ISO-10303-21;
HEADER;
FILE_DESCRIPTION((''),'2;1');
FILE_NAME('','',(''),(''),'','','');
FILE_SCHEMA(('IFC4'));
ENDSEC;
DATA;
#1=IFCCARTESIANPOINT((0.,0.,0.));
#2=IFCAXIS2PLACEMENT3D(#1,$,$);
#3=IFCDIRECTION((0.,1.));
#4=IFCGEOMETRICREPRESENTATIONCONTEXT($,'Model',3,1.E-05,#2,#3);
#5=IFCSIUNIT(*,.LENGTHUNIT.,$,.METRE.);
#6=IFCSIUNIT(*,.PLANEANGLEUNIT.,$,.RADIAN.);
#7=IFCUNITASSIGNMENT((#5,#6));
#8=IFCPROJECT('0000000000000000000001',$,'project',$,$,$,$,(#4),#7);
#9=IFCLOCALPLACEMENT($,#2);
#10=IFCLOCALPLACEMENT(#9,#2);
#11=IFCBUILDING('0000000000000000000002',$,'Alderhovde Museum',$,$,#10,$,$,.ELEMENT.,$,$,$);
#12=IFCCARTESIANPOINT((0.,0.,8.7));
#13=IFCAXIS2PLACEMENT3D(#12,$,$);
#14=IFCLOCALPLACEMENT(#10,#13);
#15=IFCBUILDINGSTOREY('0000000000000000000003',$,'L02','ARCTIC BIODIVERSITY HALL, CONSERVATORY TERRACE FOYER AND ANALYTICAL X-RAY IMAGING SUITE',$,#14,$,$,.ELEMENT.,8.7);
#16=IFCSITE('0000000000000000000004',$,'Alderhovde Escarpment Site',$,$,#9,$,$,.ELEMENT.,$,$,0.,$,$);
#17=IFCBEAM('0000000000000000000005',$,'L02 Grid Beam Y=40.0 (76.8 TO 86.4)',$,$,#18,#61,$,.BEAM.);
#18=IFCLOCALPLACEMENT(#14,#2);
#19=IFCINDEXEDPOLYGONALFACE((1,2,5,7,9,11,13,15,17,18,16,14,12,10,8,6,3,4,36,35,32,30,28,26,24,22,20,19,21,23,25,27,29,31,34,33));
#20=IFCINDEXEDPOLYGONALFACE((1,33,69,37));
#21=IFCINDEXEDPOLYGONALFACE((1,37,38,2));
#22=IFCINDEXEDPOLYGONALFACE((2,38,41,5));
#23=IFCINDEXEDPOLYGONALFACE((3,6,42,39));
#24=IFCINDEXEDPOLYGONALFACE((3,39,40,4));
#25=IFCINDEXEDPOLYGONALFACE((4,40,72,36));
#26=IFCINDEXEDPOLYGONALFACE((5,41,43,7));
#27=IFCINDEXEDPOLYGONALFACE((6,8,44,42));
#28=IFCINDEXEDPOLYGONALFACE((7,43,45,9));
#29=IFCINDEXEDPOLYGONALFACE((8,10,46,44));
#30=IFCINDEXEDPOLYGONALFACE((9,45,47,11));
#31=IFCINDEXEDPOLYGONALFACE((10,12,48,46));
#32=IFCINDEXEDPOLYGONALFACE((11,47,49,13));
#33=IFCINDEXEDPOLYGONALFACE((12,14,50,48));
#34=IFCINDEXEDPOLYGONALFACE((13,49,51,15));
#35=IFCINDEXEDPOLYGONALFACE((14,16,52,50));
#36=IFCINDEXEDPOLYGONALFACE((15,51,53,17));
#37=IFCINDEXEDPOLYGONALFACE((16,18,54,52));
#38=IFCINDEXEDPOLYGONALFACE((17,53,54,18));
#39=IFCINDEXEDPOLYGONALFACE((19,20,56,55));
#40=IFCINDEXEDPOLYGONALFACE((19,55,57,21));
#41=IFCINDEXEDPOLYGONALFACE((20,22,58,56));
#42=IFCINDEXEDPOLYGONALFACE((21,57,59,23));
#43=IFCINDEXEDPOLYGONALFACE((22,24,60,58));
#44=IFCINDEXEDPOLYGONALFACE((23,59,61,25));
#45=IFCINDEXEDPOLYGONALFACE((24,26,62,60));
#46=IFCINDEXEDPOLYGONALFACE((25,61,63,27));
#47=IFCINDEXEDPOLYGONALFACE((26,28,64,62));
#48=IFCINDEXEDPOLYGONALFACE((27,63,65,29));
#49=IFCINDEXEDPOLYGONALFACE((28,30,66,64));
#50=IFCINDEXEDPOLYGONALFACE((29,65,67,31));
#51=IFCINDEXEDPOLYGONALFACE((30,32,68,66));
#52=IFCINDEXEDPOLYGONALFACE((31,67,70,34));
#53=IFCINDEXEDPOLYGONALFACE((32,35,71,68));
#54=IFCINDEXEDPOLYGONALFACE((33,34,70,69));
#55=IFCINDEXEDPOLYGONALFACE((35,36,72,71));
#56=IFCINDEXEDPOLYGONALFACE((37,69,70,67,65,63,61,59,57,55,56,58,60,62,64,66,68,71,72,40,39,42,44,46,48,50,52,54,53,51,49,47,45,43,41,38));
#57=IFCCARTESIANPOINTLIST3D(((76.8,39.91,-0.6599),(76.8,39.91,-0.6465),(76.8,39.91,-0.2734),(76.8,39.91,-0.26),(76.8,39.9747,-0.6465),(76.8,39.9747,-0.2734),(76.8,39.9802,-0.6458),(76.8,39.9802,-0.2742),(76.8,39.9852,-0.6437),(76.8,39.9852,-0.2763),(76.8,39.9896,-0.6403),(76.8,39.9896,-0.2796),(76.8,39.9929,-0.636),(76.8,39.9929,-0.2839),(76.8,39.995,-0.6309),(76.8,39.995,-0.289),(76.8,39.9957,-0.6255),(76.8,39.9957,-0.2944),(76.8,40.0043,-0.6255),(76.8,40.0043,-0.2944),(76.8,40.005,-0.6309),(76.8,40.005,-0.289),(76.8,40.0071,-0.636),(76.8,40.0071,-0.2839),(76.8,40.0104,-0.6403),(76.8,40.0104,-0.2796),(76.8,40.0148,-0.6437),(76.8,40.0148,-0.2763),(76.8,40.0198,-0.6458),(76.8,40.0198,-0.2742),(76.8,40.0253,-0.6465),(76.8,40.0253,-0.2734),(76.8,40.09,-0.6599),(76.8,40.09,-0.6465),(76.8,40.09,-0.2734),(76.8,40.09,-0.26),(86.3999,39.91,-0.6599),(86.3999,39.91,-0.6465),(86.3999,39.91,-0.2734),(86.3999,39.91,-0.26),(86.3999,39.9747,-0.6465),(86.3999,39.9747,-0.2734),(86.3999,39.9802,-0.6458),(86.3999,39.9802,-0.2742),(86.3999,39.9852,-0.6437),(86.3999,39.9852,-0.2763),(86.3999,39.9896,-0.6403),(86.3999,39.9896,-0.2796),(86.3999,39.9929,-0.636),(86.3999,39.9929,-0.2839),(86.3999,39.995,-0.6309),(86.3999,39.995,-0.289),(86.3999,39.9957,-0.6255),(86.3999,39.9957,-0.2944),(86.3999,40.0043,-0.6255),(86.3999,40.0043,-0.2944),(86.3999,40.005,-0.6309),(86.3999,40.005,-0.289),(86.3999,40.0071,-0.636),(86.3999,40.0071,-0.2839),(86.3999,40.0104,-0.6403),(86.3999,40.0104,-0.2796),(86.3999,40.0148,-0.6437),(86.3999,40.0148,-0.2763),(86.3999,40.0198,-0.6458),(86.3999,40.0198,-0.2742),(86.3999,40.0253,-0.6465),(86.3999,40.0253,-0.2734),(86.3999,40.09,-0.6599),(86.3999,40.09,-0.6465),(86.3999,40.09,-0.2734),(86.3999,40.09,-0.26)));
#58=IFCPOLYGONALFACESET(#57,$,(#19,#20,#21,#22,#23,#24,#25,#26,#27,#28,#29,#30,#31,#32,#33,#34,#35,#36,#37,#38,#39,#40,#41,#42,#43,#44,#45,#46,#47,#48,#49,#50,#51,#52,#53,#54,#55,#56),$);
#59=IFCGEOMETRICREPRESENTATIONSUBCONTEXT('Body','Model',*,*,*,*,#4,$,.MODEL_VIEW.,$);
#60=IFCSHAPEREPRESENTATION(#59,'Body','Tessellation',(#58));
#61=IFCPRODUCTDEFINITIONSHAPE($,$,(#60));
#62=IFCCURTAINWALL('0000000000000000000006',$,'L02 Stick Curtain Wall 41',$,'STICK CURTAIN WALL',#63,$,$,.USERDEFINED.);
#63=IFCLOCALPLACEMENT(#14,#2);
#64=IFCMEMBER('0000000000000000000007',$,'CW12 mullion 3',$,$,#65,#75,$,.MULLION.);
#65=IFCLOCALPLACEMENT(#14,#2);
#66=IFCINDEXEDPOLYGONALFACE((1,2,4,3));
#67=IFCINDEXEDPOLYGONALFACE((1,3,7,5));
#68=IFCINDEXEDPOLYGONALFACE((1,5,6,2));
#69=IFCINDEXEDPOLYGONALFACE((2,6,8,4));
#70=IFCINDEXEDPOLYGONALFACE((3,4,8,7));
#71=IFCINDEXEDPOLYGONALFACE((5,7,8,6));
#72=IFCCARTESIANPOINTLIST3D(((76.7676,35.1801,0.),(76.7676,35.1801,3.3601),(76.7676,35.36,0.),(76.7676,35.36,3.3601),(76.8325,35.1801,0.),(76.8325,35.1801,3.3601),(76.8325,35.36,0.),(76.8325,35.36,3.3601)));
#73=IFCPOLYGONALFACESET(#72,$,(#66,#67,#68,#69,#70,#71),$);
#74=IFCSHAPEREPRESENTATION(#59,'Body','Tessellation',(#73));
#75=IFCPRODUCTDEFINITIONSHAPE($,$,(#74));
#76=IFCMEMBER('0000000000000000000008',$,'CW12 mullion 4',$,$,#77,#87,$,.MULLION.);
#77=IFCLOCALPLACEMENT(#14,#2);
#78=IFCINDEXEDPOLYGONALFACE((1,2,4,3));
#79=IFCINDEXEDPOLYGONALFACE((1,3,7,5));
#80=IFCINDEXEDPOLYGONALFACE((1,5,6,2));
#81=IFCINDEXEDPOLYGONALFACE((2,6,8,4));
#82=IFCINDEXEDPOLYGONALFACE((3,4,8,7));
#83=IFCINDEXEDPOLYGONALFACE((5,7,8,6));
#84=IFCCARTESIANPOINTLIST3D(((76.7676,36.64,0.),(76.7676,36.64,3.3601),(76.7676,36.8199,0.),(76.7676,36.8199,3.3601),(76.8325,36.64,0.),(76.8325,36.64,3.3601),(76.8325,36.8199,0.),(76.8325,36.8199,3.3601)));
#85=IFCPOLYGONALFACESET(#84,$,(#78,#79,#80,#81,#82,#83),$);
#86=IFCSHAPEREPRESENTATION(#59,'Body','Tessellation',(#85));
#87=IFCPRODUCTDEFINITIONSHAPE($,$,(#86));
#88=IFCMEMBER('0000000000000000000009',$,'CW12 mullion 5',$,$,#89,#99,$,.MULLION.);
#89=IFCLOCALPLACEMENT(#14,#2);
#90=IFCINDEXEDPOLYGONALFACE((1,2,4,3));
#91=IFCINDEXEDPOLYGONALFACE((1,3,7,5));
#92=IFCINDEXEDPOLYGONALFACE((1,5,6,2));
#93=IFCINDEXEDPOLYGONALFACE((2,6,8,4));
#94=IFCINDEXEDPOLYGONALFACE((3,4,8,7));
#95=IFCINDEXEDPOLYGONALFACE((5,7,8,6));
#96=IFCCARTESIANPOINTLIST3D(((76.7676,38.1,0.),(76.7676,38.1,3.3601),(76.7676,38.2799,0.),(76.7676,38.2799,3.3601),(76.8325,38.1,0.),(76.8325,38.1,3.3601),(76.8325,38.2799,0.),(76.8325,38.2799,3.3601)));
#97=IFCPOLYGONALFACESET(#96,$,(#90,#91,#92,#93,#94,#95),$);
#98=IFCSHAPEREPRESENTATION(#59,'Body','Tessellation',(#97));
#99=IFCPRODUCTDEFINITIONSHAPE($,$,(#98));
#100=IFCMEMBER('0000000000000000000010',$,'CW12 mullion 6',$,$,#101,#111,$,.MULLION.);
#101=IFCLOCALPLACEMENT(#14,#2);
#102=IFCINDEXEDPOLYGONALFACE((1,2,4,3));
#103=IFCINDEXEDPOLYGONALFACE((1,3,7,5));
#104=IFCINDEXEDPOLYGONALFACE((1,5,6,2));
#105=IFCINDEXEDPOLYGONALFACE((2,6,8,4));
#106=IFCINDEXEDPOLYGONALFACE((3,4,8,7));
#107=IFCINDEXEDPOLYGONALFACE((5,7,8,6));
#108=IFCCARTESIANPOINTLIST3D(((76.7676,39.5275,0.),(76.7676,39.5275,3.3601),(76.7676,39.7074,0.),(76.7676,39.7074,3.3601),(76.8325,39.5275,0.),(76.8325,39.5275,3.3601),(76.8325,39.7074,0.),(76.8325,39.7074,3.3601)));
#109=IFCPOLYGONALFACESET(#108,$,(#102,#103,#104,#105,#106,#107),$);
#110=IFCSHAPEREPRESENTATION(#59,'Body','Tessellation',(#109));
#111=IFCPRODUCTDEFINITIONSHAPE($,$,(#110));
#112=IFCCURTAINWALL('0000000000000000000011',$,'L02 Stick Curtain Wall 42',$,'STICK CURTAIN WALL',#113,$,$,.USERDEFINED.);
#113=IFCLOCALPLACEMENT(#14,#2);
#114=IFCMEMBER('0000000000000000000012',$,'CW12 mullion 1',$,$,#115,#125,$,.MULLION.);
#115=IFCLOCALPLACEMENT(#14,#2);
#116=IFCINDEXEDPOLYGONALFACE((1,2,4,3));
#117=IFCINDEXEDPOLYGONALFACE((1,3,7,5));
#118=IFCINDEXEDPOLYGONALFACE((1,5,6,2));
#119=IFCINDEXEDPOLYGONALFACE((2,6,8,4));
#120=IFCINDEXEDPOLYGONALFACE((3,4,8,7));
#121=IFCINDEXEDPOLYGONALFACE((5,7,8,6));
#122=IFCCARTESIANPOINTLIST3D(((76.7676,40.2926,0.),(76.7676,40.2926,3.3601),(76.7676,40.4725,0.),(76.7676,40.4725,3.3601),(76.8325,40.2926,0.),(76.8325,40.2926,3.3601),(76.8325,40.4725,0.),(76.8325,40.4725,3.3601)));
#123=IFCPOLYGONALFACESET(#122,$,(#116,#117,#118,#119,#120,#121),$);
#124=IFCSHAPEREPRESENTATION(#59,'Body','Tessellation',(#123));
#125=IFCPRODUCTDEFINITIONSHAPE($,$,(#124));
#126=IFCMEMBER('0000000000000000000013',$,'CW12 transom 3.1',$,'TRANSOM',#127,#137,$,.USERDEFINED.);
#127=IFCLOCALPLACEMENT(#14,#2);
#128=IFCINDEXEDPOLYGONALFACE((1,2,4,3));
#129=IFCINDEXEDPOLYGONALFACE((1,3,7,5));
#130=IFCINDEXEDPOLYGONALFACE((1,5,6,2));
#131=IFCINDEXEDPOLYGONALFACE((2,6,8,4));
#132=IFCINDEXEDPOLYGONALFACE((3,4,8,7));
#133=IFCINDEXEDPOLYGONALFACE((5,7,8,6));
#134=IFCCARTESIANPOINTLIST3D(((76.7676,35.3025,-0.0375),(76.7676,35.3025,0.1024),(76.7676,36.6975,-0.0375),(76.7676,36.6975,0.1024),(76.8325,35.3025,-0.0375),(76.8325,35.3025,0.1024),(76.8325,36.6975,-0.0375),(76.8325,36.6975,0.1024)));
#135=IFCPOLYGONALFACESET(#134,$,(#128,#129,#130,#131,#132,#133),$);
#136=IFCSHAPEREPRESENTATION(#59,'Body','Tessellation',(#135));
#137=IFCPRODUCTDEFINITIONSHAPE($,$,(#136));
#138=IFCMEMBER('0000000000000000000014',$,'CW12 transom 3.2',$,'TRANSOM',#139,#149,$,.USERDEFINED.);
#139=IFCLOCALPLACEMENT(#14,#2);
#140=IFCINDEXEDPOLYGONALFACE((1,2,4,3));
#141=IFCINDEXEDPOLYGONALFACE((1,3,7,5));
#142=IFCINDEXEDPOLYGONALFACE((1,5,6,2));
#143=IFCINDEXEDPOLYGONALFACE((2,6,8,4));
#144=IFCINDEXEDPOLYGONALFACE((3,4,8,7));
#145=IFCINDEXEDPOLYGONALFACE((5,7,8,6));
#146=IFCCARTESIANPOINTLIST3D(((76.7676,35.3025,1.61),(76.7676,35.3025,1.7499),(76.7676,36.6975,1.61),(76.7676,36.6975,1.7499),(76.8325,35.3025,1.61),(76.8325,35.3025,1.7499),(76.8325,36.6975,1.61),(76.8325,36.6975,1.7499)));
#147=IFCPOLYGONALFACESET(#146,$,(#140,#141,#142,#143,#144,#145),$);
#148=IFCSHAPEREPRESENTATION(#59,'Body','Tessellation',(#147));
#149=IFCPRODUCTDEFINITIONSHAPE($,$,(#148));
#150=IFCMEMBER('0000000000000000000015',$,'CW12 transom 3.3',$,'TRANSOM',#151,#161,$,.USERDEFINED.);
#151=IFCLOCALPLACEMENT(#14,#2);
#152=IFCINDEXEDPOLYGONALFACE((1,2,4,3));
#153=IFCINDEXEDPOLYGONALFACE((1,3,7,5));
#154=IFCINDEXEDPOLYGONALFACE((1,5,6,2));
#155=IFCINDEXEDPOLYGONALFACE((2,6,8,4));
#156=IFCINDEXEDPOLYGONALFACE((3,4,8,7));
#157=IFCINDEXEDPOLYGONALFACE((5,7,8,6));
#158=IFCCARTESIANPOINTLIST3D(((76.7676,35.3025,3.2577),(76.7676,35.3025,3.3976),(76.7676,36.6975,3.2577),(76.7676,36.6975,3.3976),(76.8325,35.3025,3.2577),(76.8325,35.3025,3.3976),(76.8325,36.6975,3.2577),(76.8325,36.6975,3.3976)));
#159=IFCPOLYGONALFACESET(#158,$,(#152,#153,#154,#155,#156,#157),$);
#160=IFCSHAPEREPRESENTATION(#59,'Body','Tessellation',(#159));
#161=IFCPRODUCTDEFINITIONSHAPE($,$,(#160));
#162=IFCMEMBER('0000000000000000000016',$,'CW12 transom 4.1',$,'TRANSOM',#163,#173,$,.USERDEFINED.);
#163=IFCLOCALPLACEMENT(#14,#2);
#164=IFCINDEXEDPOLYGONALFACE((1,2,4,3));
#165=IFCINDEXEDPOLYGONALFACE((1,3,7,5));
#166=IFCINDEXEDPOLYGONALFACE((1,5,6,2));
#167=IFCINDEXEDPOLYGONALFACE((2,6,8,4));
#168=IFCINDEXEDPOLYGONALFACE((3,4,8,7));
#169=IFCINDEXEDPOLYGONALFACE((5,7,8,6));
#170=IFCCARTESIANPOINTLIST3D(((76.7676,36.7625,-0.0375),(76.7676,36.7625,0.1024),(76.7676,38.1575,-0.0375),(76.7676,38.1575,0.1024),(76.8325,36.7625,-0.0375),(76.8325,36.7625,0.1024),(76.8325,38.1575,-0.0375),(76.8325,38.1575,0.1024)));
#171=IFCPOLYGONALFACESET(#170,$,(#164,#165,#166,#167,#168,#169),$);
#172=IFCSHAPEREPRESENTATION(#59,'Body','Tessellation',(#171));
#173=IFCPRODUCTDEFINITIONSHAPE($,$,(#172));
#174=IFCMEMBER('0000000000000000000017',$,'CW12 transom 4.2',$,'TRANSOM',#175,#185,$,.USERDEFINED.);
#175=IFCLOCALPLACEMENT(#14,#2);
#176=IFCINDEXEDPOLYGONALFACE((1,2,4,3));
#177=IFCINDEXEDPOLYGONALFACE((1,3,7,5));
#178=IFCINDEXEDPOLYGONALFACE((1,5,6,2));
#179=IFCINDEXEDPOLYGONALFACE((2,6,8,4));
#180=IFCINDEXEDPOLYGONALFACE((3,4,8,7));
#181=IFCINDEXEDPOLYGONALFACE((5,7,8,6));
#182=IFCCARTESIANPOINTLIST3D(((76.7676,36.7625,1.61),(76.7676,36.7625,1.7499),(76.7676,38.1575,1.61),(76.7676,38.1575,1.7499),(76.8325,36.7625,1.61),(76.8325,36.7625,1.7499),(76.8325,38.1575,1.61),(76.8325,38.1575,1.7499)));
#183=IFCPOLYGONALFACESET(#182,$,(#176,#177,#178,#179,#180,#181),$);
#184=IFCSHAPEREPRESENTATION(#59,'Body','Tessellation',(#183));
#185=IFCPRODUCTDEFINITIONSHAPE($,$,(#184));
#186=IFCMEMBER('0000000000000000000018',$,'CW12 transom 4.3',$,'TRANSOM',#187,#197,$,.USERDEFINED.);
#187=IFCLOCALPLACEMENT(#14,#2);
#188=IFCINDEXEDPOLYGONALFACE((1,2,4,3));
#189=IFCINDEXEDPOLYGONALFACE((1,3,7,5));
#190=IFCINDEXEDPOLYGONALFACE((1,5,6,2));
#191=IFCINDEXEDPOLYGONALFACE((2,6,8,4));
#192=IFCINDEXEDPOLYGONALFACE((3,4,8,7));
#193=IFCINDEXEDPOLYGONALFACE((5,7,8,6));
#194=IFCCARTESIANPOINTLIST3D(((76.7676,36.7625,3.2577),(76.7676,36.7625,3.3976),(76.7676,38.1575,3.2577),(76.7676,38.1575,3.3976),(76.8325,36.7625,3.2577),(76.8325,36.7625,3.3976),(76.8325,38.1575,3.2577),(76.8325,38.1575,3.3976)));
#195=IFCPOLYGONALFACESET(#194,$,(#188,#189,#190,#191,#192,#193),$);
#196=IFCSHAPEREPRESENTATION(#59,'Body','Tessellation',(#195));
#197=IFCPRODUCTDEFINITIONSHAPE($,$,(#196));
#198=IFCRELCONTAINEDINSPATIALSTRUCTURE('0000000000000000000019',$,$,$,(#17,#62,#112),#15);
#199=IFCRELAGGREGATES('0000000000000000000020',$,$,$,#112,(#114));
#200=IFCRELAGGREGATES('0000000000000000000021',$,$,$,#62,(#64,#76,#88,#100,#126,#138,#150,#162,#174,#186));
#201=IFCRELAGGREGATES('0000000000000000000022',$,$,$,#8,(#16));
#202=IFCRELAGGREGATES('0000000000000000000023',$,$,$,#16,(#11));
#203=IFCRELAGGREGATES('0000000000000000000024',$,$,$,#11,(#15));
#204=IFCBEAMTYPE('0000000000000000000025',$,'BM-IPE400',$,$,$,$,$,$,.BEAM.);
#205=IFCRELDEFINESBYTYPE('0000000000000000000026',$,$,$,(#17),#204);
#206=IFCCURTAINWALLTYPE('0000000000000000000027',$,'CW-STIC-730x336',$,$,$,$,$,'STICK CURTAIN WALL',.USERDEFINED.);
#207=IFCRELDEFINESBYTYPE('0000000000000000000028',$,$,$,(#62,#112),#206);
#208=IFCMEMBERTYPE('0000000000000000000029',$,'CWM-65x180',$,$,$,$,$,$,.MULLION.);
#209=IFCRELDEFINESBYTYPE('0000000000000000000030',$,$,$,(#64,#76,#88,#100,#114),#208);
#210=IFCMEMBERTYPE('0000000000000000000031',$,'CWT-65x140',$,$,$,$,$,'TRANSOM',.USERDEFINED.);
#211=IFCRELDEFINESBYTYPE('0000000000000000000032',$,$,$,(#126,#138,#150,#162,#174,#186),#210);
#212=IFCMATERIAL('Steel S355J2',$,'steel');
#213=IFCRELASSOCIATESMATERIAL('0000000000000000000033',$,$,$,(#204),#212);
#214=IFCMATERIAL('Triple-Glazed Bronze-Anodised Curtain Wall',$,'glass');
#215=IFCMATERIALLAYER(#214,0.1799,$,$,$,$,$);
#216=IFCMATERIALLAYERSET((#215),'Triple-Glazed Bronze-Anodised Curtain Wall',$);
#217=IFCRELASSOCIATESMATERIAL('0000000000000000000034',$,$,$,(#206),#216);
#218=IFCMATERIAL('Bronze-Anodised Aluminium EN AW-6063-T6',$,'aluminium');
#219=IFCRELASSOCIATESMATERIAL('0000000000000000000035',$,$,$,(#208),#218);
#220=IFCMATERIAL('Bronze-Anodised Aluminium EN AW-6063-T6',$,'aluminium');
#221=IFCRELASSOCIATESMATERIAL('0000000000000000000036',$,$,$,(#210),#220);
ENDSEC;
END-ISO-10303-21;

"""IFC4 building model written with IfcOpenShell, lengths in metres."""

from ifc_helpers import new_model, si_unit, direction, frame, origin, origin_2d, place, context, subcontext, project, spatial, rectangle, i_section, extrude, material, layer, layer_set, material_profile, profile_set, type_object, element, aggregate, save


model = new_model("IFC4")

# Units and contexts
model_context = context("Model", 3, precision=1e-05, world=origin(), true_north=direction((0.0, 1.0)))
body_context = subcontext(model_context, "Body", "Model", "MODEL_VIEW")
ifc_project = project(units=[si_unit("LENGTHUNIT", "METRE"), si_unit("PLANEANGLEUNIT", "RADIAN")], contexts=[model_context])

# Site, building, storey
site_placement = place(None, origin())
site = spatial("IfcSite", under=ifc_project, at=site_placement, Name="Alderhovde Escarpment Site", CompositionType="ELEMENT", RefElevation=0.0)
building_placement = place(site_placement, origin())
building = spatial("IfcBuilding", under=site, at=building_placement, Name="Alderhovde Museum", CompositionType="ELEMENT")
storey_placement = place(building_placement, frame((0.0, 0.0, 8.7)))
storey = spatial("IfcBuildingStorey", under=building, at=storey_placement, Name="L02", Description="ARCTIC BIODIVERSITY HALL, CONSERVATORY TERRACE FOYER AND ANALYTICAL X-RAY IMAGING SUITE", CompositionType="ELEMENT", Elevation=8.7)

# Beam
ifc_material_1 = material(Name="Steel S355J2", Category="steel")
ifc_material_profile_1 = material_profile(ifc_material_1, i_section(OverallWidth=0.1799, OverallDepth=0.3999, WebThickness=0.0085, FlangeThickness=0.0134, FilletRadius=0.021, at=origin_2d()), Name="IPE 400")
ifc_profile_set_1 = profile_set([ifc_material_profile_1], Name="Steel S355J2")
beam_type_1 = type_object("IfcBeamType", Name="BM-IPE400", PredefinedType="BEAM", material=ifc_profile_set_1)
beam_1_placement = place(storey_placement, frame((76.8, 40.0, -0.46), z_axis=(1.0, 0.0, 0.0), x_axis=(0.0, 1.0, 0.0)))
element("IfcBeam", 1, at=beam_1_placement, inside=storey, type_object=beam_type_1, Name="L02 Grid Beam Y=40.0 (76.8 TO 86.4)", PredefinedType="BEAM", context=body_context, shape_type="SweptSolid", body=[
    extrude(i_section(OverallWidth=0.1799, OverallDepth=0.3999, WebThickness=0.0085, FlangeThickness=0.0134, FilletRadius=0.021, at=origin_2d()), origin(), (0.0, 0.0, 1.0), 9.5999),
])

# Curtain wall, members
ifc_material_2 = material(Name="Triple-Glazed Bronze-Anodised Curtain Wall", Category="glass")
ifc_layer_1 = layer(ifc_material_2, 0.1799)
ifc_layer_set_1 = layer_set([ifc_layer_1], Name="Triple-Glazed Bronze-Anodised Curtain Wall")
curtain_wall_type = type_object("IfcCurtainWallType", Name="CW-STIC-730x336", ElementType="STICK CURTAIN WALL", PredefinedType="USERDEFINED", material=ifc_layer_set_1)
curtain_wall_1_placement = place(storey_placement, origin())
curtain_wall_1 = element("IfcCurtainWall", 2, at=curtain_wall_1_placement, inside=storey, type_object=curtain_wall_type, Name="L02 Stick Curtain Wall 41", ObjectType="STICK CURTAIN WALL", PredefinedType="USERDEFINED")
ifc_material_3 = material(Name="Bronze-Anodised Aluminium EN AW-6063-T6", Category="aluminium")
ifc_material_profile_2 = material_profile(ifc_material_3, rectangle(XDim=0.0649, YDim=0.1799, at=origin_2d()), Name="MULLION 65x180")
ifc_profile_set_2 = profile_set([ifc_material_profile_2], Name="Bronze-Anodised Aluminium EN AW-6063-T6")
member_type_1 = type_object("IfcMemberType", Name="CWM-65x180", PredefinedType="MULLION", material=ifc_profile_set_2)
member_1_placement = place(storey_placement, frame((76.8, 35.27, 0.0), z_axis=(0.0, 0.0, 1.0), x_axis=(-1.0, 0.0, 0.0)))
member_1 = element("IfcMember", 3, at=member_1_placement, type_object=member_type_1, Name="CW12 mullion 3", PredefinedType="MULLION", context=body_context, shape_type="SweptSolid", body=[
    extrude(rectangle(XDim=0.0649, YDim=0.1799, at=origin_2d()), origin(), (0.0, 0.0, 1.0), 3.3601),
])
member_2_placement = place(storey_placement, frame((76.8, 36.73, 0.0), z_axis=(0.0, 0.0, 1.0), x_axis=(-1.0, 0.0, 0.0)))
member_2 = element("IfcMember", 4, at=member_2_placement, type_object=member_type_1, Name="CW12 mullion 4", PredefinedType="MULLION", context=body_context, shape_type="SweptSolid", body=[
    extrude(rectangle(XDim=0.0649, YDim=0.1799, at=origin_2d()), origin(), (0.0, 0.0, 1.0), 3.3601),
])
member_3_placement = place(storey_placement, frame((76.8, 38.1899, 0.0), z_axis=(0.0, 0.0, 1.0), x_axis=(-1.0, 0.0, 0.0)))
member_3 = element("IfcMember", 5, at=member_3_placement, type_object=member_type_1, Name="CW12 mullion 5", PredefinedType="MULLION", context=body_context, shape_type="SweptSolid", body=[
    extrude(rectangle(XDim=0.0649, YDim=0.1799, at=origin_2d()), origin(), (0.0, 0.0, 1.0), 3.3601),
])
member_4_placement = place(storey_placement, frame((76.8, 39.6174, 0.0), z_axis=(0.0, 0.0, 1.0), x_axis=(-1.0, 0.0, 0.0)))
member_4 = element("IfcMember", 6, at=member_4_placement, type_object=member_type_1, Name="CW12 mullion 6", PredefinedType="MULLION", context=body_context, shape_type="SweptSolid", body=[
    extrude(rectangle(XDim=0.0649, YDim=0.1799, at=origin_2d()), origin(), (0.0, 0.0, 1.0), 3.3601),
])

# Curtain wall, member
curtain_wall_2_placement = place(storey_placement, origin())
curtain_wall_2 = element("IfcCurtainWall", 7, at=curtain_wall_2_placement, inside=storey, type_object=curtain_wall_type, Name="L02 Stick Curtain Wall 42", ObjectType="STICK CURTAIN WALL", PredefinedType="USERDEFINED")
member_5_placement = place(storey_placement, frame((76.8, 40.3826, 0.0), z_axis=(0.0, 0.0, 1.0), x_axis=(-1.0, 0.0, 0.0)))
member_5 = element("IfcMember", 8, at=member_5_placement, type_object=member_type_1, Name="CW12 mullion 1", PredefinedType="MULLION", context=body_context, shape_type="SweptSolid", body=[
    extrude(rectangle(XDim=0.0649, YDim=0.1799, at=origin_2d()), origin(), (0.0, 0.0, 1.0), 3.3601),
])

# Members
ifc_material_4 = material(Name="Bronze-Anodised Aluminium EN AW-6063-T6", Category="aluminium")
ifc_material_profile_3 = material_profile(ifc_material_4, rectangle(XDim=0.0649, YDim=0.1399, at=origin_2d()), Name="TRANSOM 65x140")
ifc_profile_set_3 = profile_set([ifc_material_profile_3], Name="Bronze-Anodised Aluminium EN AW-6063-T6")
member_type_2 = type_object("IfcMemberType", Name="CWT-65x140", ElementType="TRANSOM", PredefinedType="USERDEFINED", material=ifc_profile_set_3)
member_6_placement = place(storey_placement, frame((76.8, 35.3025, 0.0325), z_axis=(0.0, 1.0, 0.0), x_axis=(-1.0, 0.0, 0.0)))
member_6 = element("IfcMember", 9, at=member_6_placement, type_object=member_type_2, Name="CW12 transom 3.1", ObjectType="TRANSOM", PredefinedType="USERDEFINED", context=body_context, shape_type="SweptSolid", body=[
    extrude(rectangle(XDim=0.0649, YDim=0.1399, at=origin_2d()), origin(), (0.0, 0.0, 1.0), 1.395),
])
member_7_placement = place(storey_placement, frame((76.8, 35.3025, 1.6799), z_axis=(0.0, 1.0, 0.0), x_axis=(-1.0, 0.0, 0.0)))
member_7 = element("IfcMember", 10, at=member_7_placement, type_object=member_type_2, Name="CW12 transom 3.2", ObjectType="TRANSOM", PredefinedType="USERDEFINED", context=body_context, shape_type="SweptSolid", body=[
    extrude(rectangle(XDim=0.0649, YDim=0.1399, at=origin_2d()), origin(), (0.0, 0.0, 1.0), 1.395),
])
member_8_placement = place(storey_placement, frame((76.8, 35.3025, 3.3276), z_axis=(0.0, 1.0, 0.0), x_axis=(-1.0, 0.0, 0.0)))
member_8 = element("IfcMember", 11, at=member_8_placement, type_object=member_type_2, Name="CW12 transom 3.3", ObjectType="TRANSOM", PredefinedType="USERDEFINED", context=body_context, shape_type="SweptSolid", body=[
    extrude(rectangle(XDim=0.0649, YDim=0.1399, at=origin_2d()), origin(), (0.0, 0.0, 1.0), 1.395),
])
member_9_placement = place(storey_placement, frame((76.8, 36.7625, 0.0325), z_axis=(0.0, 1.0, 0.0), x_axis=(-1.0, 0.0, 0.0)))
member_9 = element("IfcMember", 12, at=member_9_placement, type_object=member_type_2, Name="CW12 transom 4.1", ObjectType="TRANSOM", PredefinedType="USERDEFINED", context=body_context, shape_type="SweptSolid", body=[
    extrude(rectangle(XDim=0.0649, YDim=0.1399, at=origin_2d()), origin(), (0.0, 0.0, 1.0), 1.395),
])
member_10_placement = place(storey_placement, frame((76.8, 36.7625, 1.6799), z_axis=(0.0, 1.0, 0.0), x_axis=(-1.0, 0.0, 0.0)))
member_10 = element("IfcMember", 13, at=member_10_placement, type_object=member_type_2, Name="CW12 transom 4.2", ObjectType="TRANSOM", PredefinedType="USERDEFINED", context=body_context, shape_type="SweptSolid", body=[
    extrude(rectangle(XDim=0.0649, YDim=0.1399, at=origin_2d()), origin(), (0.0, 0.0, 1.0), 1.395),
])
member_11_placement = place(storey_placement, frame((76.8, 36.7625, 3.3276), z_axis=(0.0, 1.0, 0.0), x_axis=(-1.0, 0.0, 0.0)))
member_11 = element("IfcMember", 14, at=member_11_placement, type_object=member_type_2, Name="CW12 transom 4.3", ObjectType="TRANSOM", PredefinedType="USERDEFINED", context=body_context, shape_type="SweptSolid", body=[
    extrude(rectangle(XDim=0.0649, YDim=0.1399, at=origin_2d()), origin(), (0.0, 0.0, 1.0), 1.395),
])
aggregate(curtain_wall_2, [member_5])

aggregate(curtain_wall_1, [member_1, member_2, member_3, member_4, member_6, member_7, member_8, member_9, member_10, member_11])

save(model, "model.ifc")
